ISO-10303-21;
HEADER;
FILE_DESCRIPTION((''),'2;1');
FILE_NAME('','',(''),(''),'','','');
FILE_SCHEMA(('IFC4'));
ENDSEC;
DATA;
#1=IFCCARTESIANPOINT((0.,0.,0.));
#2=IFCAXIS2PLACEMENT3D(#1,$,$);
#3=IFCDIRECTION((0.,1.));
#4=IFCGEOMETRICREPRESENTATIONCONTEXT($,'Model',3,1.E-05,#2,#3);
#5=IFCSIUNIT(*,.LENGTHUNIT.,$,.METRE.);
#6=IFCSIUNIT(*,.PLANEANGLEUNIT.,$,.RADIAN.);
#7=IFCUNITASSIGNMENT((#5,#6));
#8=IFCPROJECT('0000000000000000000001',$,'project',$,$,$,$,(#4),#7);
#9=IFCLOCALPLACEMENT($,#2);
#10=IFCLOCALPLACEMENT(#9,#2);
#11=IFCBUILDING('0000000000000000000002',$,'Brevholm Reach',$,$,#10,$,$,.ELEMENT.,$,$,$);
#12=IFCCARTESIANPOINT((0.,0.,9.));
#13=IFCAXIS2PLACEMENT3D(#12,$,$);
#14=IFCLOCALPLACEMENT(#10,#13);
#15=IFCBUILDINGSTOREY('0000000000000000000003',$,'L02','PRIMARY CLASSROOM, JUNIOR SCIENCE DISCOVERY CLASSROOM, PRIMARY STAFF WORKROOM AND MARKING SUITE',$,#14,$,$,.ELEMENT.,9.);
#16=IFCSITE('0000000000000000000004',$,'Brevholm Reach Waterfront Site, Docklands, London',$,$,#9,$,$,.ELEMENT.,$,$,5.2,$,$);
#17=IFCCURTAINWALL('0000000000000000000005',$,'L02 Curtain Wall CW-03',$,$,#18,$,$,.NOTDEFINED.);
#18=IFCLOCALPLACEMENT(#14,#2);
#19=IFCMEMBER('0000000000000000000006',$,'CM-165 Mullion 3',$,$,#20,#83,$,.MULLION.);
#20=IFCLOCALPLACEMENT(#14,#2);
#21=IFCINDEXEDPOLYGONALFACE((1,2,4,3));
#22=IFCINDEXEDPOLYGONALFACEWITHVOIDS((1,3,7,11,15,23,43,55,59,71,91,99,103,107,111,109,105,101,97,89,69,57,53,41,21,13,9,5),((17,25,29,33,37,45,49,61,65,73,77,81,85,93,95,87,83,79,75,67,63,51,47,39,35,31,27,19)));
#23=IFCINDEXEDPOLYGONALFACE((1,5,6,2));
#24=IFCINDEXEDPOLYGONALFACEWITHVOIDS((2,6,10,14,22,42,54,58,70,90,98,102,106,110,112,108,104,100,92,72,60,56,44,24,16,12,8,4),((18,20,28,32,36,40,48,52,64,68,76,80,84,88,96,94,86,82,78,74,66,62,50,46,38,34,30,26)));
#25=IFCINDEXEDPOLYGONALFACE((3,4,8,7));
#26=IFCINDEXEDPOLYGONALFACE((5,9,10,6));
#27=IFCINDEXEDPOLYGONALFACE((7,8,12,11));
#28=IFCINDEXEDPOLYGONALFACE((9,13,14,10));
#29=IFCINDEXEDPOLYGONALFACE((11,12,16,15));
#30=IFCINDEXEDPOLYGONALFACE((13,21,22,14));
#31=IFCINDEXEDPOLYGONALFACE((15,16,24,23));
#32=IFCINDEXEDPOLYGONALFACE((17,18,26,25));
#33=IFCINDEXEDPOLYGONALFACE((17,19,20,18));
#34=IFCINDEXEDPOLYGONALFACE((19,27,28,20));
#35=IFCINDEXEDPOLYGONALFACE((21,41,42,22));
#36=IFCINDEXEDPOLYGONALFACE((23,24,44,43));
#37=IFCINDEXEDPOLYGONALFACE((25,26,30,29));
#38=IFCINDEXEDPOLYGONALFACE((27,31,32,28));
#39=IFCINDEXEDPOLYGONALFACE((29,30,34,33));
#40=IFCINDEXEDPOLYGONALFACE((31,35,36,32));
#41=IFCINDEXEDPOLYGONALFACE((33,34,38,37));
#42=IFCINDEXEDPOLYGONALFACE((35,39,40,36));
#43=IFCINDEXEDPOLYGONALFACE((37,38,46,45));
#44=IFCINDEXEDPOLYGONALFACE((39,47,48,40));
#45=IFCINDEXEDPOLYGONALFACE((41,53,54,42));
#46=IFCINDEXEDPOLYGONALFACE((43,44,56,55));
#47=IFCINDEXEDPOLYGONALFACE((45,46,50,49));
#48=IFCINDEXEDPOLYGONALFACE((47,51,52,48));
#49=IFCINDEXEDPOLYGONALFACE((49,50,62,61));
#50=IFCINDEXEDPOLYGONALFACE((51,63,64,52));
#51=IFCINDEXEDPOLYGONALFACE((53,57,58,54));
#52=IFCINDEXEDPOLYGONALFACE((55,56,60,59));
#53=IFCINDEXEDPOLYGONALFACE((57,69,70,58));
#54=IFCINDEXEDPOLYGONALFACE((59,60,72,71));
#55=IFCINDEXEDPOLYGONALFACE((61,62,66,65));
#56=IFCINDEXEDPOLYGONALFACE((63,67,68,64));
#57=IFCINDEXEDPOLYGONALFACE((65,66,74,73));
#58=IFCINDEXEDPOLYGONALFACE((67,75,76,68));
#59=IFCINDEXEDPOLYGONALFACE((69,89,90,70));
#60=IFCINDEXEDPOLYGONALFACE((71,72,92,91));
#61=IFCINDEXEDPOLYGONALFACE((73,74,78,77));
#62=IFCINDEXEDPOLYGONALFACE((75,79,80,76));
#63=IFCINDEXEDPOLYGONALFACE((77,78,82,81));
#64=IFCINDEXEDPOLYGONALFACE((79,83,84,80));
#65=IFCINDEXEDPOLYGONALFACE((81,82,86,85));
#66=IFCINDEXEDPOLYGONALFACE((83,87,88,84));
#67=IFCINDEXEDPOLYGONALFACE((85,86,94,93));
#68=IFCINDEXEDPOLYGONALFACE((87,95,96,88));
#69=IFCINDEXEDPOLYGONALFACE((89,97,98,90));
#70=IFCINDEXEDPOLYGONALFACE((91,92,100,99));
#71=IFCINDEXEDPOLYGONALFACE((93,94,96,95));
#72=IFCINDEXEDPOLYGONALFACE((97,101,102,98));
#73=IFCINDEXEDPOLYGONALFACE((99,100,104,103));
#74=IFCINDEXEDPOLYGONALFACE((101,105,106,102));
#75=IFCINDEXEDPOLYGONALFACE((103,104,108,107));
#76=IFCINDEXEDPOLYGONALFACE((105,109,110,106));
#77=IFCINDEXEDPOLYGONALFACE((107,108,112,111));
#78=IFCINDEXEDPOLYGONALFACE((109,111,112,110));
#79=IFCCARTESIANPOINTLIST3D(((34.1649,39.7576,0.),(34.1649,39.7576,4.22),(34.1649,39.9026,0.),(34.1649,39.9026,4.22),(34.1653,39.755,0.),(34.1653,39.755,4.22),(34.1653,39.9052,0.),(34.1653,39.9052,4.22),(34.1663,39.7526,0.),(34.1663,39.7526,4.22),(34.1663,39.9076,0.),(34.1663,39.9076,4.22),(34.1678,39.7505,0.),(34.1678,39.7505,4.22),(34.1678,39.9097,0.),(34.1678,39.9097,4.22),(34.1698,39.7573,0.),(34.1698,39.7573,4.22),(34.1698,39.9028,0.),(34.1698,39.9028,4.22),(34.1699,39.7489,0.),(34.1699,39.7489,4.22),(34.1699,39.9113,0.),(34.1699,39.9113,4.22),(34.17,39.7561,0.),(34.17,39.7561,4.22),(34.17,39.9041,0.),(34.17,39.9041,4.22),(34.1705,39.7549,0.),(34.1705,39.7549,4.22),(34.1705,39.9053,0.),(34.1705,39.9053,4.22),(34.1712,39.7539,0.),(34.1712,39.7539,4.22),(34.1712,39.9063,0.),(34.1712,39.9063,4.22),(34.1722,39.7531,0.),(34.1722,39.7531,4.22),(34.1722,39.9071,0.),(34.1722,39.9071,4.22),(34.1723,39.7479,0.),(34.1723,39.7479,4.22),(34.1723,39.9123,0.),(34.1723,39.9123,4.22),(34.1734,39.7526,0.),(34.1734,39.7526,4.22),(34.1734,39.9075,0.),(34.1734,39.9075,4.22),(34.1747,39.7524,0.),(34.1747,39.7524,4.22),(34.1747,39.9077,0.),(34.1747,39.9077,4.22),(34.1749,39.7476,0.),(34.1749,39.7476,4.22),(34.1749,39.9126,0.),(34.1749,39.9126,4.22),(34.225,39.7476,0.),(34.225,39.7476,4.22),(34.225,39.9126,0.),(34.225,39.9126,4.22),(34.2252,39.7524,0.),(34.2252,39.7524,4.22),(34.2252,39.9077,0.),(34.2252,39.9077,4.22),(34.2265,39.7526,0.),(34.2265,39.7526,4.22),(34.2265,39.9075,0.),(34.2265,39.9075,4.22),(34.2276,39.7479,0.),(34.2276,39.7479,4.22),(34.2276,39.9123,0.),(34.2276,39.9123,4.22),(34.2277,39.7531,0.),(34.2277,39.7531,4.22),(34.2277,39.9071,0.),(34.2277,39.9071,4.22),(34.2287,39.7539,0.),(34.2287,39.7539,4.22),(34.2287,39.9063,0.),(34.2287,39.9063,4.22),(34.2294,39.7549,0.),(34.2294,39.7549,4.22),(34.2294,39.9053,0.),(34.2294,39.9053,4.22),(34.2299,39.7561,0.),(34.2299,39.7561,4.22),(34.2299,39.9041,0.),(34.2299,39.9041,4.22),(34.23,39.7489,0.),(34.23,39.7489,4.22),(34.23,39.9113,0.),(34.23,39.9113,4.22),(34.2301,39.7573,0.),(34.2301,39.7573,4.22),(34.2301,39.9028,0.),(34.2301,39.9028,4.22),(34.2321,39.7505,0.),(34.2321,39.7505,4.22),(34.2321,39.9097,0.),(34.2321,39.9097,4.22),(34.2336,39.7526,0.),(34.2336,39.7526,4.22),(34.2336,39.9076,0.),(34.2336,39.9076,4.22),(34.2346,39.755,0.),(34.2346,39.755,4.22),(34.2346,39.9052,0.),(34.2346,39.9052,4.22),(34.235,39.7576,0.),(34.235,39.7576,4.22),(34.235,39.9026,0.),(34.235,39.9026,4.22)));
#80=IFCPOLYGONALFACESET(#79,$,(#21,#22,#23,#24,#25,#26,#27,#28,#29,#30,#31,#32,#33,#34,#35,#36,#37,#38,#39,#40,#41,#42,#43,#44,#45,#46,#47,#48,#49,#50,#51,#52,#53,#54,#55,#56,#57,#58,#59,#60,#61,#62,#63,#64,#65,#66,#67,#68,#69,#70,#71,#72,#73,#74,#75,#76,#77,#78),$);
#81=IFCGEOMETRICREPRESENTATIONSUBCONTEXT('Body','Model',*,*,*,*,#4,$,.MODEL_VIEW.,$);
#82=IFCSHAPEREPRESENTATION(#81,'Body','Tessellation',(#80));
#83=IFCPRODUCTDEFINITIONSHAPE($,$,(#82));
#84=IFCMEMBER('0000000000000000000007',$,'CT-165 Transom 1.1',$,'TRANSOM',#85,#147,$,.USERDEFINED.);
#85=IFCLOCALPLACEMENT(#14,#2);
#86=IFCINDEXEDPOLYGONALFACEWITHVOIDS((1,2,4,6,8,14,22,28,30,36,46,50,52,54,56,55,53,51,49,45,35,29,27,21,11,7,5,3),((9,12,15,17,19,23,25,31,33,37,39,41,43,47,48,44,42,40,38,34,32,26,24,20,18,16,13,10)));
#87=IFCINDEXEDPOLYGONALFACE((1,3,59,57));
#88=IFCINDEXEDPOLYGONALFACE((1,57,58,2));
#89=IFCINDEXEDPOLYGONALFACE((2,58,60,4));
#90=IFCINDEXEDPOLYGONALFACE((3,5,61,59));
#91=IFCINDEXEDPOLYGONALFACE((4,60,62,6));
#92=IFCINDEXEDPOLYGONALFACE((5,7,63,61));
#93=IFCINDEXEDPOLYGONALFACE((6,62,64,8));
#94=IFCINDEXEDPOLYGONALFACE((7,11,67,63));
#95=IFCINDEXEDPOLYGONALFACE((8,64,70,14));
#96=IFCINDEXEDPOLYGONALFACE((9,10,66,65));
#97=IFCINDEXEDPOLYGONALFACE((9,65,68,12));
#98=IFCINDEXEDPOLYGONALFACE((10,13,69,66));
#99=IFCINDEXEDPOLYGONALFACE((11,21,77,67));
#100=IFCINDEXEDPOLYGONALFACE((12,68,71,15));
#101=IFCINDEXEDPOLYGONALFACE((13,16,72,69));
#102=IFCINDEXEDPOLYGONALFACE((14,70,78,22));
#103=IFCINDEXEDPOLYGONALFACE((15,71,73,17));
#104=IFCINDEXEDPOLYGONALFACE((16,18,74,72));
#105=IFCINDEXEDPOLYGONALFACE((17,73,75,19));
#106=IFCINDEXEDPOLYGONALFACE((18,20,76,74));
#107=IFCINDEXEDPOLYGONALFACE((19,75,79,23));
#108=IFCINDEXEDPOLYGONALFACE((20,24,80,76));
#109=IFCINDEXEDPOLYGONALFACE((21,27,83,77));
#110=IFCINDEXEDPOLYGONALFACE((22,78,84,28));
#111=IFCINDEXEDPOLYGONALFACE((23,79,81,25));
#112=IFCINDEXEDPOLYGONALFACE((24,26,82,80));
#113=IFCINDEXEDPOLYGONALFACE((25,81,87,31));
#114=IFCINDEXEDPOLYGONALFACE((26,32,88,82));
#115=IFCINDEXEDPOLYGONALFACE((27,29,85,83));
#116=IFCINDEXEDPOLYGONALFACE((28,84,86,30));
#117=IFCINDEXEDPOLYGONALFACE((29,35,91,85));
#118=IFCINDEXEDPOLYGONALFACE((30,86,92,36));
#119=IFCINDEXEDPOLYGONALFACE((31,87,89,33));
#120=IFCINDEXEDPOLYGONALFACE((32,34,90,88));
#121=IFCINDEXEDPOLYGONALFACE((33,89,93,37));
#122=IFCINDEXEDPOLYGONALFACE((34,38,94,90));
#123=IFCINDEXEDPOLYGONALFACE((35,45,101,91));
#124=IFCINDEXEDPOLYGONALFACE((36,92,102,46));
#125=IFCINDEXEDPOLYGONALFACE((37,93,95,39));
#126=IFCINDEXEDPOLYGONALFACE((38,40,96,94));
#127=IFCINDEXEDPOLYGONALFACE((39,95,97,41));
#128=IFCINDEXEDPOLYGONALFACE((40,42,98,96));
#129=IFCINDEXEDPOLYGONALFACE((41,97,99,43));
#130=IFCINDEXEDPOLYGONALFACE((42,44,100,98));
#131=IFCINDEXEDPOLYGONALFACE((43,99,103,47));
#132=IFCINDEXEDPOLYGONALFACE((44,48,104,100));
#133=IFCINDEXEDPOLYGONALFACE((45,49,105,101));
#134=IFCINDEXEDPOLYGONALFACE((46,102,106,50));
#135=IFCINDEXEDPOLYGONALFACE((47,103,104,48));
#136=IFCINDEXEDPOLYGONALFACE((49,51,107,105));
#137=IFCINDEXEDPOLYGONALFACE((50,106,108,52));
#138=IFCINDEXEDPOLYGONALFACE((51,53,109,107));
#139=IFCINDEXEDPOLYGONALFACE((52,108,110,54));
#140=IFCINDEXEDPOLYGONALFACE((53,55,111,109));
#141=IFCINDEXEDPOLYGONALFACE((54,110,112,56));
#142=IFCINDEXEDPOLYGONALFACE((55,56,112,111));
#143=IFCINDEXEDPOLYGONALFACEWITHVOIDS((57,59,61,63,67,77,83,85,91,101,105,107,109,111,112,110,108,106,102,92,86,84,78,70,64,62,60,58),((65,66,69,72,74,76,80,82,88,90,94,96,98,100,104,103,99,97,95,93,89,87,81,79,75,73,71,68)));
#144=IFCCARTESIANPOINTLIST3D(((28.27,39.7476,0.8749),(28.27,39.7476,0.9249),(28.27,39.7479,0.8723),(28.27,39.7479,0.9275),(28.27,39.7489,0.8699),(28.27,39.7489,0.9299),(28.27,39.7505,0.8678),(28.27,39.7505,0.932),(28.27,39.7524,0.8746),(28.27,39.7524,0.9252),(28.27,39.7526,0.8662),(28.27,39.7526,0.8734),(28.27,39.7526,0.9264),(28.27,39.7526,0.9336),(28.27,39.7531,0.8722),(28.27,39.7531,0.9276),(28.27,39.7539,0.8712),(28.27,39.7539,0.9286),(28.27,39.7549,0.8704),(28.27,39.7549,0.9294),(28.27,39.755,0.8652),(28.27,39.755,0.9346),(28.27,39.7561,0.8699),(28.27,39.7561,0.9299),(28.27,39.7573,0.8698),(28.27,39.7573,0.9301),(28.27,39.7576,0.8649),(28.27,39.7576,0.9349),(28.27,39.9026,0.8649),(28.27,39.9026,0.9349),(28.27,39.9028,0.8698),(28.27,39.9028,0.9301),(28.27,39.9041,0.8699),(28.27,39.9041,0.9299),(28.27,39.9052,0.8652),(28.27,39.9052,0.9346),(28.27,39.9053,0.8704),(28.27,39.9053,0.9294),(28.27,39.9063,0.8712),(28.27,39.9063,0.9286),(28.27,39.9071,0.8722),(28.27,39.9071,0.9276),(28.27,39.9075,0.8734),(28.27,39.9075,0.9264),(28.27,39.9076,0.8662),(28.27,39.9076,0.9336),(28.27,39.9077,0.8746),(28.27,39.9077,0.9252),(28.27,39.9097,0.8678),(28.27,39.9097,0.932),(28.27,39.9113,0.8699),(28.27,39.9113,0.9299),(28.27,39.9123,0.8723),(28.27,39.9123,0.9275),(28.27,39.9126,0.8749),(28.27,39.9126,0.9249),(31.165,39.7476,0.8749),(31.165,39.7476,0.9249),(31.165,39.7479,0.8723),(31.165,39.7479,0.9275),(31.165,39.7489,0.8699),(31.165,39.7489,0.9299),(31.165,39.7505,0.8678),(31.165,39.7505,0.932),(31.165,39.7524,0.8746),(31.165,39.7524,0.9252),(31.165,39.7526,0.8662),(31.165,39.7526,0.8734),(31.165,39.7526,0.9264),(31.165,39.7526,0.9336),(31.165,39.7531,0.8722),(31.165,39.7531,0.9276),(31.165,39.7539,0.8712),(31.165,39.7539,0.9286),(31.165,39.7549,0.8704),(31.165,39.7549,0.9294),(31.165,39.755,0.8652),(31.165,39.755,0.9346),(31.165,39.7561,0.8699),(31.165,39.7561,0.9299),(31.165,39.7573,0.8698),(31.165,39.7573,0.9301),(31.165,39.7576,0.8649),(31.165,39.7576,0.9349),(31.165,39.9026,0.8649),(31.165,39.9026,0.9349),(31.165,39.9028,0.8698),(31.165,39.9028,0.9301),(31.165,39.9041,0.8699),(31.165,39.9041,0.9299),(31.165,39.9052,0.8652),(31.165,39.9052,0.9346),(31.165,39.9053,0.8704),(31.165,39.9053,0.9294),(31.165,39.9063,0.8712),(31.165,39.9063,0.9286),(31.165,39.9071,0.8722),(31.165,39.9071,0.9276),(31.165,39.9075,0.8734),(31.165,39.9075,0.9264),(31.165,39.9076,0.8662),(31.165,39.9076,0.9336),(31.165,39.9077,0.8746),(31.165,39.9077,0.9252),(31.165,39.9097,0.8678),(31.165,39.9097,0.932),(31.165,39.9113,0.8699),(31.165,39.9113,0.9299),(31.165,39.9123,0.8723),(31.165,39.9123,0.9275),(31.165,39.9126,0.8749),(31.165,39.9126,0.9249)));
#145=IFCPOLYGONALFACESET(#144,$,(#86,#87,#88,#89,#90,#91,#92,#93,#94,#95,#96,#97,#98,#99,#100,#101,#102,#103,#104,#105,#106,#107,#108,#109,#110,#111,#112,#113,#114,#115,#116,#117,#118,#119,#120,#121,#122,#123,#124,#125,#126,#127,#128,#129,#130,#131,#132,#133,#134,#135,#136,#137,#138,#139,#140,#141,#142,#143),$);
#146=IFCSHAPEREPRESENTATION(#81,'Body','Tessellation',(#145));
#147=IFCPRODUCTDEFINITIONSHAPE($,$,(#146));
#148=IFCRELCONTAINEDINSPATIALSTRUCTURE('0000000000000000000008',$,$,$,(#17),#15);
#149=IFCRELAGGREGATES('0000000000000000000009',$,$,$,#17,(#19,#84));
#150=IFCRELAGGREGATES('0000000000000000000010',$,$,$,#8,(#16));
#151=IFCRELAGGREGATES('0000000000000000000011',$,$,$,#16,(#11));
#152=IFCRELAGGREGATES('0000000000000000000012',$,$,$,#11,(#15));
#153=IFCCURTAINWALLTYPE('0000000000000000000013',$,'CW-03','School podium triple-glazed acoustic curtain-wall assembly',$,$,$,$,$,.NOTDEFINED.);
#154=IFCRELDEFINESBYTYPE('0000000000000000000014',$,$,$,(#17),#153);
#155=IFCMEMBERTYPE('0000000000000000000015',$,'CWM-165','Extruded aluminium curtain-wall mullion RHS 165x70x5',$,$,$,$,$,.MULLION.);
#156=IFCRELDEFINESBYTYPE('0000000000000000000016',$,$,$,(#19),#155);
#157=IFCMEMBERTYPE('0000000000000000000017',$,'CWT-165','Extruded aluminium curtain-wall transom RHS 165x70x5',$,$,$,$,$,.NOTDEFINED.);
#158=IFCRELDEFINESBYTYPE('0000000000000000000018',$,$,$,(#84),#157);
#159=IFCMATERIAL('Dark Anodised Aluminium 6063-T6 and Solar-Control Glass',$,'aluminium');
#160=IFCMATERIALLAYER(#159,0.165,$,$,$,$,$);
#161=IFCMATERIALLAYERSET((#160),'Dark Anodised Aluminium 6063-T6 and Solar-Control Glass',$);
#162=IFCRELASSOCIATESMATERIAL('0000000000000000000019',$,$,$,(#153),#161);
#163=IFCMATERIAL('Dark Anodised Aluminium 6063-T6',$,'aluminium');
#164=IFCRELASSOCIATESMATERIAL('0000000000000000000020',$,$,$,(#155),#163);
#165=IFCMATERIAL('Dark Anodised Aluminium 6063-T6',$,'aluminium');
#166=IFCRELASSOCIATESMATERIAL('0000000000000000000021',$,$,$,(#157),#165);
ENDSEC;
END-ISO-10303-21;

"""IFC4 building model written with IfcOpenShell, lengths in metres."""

from ifc_helpers import new_model, si_unit, direction, frame, origin, origin_2d, place, context, subcontext, project, spatial, hollow_rectangle, extrude, material, layer, layer_set, material_profile, profile_set, type_object, element, aggregate, save


model = new_model("IFC4")

# Units and contexts
model_context = context("Model", 3, precision=1e-05, world=origin(), true_north=direction((0.0, 1.0)))
body_context = subcontext(model_context, "Body", "Model", "MODEL_VIEW")
ifc_project = project(units=[si_unit("LENGTHUNIT", "METRE"), si_unit("PLANEANGLEUNIT", "RADIAN")], contexts=[model_context])

# Site, building, storey
site_placement = place(None, origin())
site = spatial("IfcSite", under=ifc_project, at=site_placement, Name="Brevholm Reach Waterfront Site, Docklands, London", CompositionType="ELEMENT", RefElevation=5.2)
building_placement = place(site_placement, origin())
building = spatial("IfcBuilding", under=site, at=building_placement, Name="Brevholm Reach", CompositionType="ELEMENT")
storey_placement = place(building_placement, frame((0.0, 0.0, 9.0)))
storey = spatial("IfcBuildingStorey", under=building, at=storey_placement, Name="L02", Description="PRIMARY CLASSROOM, JUNIOR SCIENCE DISCOVERY CLASSROOM, PRIMARY STAFF WORKROOM AND MARKING SUITE", CompositionType="ELEMENT", Elevation=9.0)

# Curtain wall, members
ifc_material_1 = material(Name="Dark Anodised Aluminium 6063-T6 and Solar-Control Glass", Category="aluminium")
ifc_layer_1 = layer(ifc_material_1, 0.165)
ifc_layer_set_1 = layer_set([ifc_layer_1], Name="Dark Anodised Aluminium 6063-T6 and Solar-Control Glass")
curtain_wall_type = type_object("IfcCurtainWallType", Name="CW-03", Description="School podium triple-glazed acoustic curtain-wall assembly", PredefinedType="NOTDEFINED", material=ifc_layer_set_1)
curtain_wall_placement = place(storey_placement, origin())
curtain_wall = element("IfcCurtainWall", 1, at=curtain_wall_placement, inside=storey, type_object=curtain_wall_type, Name="L02 Curtain Wall CW-03", PredefinedType="NOTDEFINED")
ifc_material_2 = material(Name="Dark Anodised Aluminium 6063-T6", Category="aluminium")
ifc_material_profile_1 = material_profile(ifc_material_2, hollow_rectangle(XDim=0.0701, YDim=0.165, WallThickness=0.0049, InnerFilletRadius=0.0049, OuterFilletRadius=0.01, at=origin_2d()), Name="RHS 165x70x5")
ifc_profile_set_1 = profile_set([ifc_material_profile_1], Name="Dark Anodised Aluminium 6063-T6")
member_type_1 = type_object("IfcMemberType", Name="CWM-165", Description="Extruded aluminium curtain-wall mullion RHS 165x70x5", PredefinedType="MULLION", material=ifc_profile_set_1)
member_1_placement = place(storey_placement, frame((34.2, 39.8301, 0.0), z_axis=(0.0, 0.0, 1.0), x_axis=(1.0, 0.0, 0.0)))
member_1 = element("IfcMember", 2, at=member_1_placement, type_object=member_type_1, Name="CM-165 Mullion 3", PredefinedType="MULLION", context=body_context, shape_type="SweptSolid", body=[
    extrude(hollow_rectangle(XDim=0.0701, YDim=0.165, WallThickness=0.0049, InnerFilletRadius=0.0049, OuterFilletRadius=0.01, at=origin_2d()), origin(), (0.0, 0.0, 1.0), 4.22),
])
ifc_material_3 = material(Name="Dark Anodised Aluminium 6063-T6", Category="aluminium")
ifc_material_profile_2 = material_profile(ifc_material_3, hollow_rectangle(XDim=0.0701, YDim=0.165, WallThickness=0.0049, InnerFilletRadius=0.0049, OuterFilletRadius=0.01, at=origin_2d()), Name="RHS 165x70x5")
ifc_profile_set_2 = profile_set([ifc_material_profile_2], Name="Dark Anodised Aluminium 6063-T6")
member_type_2 = type_object("IfcMemberType", Name="CWT-165", Description="Extruded aluminium curtain-wall transom RHS 165x70x5", PredefinedType="NOTDEFINED", material=ifc_profile_set_2)
member_2_placement = place(storey_placement, frame((28.27, 39.8301, 0.8999), z_axis=(1.0, 0.0, 0.0), x_axis=(0.0, 0.0, 1.0)))
member_2 = element("IfcMember", 3, at=member_2_placement, type_object=member_type_2, Name="CT-165 Transom 1.1", ObjectType="TRANSOM", PredefinedType="USERDEFINED", context=body_context, shape_type="SweptSolid", body=[
    extrude(hollow_rectangle(XDim=0.0701, YDim=0.165, WallThickness=0.0049, InnerFilletRadius=0.0049, OuterFilletRadius=0.01, at=origin_2d()), origin(), (0.0, 0.0, 1.0), 2.895),
])
aggregate(curtain_wall, [member_1, member_2])

save(model, "model.ifc")
